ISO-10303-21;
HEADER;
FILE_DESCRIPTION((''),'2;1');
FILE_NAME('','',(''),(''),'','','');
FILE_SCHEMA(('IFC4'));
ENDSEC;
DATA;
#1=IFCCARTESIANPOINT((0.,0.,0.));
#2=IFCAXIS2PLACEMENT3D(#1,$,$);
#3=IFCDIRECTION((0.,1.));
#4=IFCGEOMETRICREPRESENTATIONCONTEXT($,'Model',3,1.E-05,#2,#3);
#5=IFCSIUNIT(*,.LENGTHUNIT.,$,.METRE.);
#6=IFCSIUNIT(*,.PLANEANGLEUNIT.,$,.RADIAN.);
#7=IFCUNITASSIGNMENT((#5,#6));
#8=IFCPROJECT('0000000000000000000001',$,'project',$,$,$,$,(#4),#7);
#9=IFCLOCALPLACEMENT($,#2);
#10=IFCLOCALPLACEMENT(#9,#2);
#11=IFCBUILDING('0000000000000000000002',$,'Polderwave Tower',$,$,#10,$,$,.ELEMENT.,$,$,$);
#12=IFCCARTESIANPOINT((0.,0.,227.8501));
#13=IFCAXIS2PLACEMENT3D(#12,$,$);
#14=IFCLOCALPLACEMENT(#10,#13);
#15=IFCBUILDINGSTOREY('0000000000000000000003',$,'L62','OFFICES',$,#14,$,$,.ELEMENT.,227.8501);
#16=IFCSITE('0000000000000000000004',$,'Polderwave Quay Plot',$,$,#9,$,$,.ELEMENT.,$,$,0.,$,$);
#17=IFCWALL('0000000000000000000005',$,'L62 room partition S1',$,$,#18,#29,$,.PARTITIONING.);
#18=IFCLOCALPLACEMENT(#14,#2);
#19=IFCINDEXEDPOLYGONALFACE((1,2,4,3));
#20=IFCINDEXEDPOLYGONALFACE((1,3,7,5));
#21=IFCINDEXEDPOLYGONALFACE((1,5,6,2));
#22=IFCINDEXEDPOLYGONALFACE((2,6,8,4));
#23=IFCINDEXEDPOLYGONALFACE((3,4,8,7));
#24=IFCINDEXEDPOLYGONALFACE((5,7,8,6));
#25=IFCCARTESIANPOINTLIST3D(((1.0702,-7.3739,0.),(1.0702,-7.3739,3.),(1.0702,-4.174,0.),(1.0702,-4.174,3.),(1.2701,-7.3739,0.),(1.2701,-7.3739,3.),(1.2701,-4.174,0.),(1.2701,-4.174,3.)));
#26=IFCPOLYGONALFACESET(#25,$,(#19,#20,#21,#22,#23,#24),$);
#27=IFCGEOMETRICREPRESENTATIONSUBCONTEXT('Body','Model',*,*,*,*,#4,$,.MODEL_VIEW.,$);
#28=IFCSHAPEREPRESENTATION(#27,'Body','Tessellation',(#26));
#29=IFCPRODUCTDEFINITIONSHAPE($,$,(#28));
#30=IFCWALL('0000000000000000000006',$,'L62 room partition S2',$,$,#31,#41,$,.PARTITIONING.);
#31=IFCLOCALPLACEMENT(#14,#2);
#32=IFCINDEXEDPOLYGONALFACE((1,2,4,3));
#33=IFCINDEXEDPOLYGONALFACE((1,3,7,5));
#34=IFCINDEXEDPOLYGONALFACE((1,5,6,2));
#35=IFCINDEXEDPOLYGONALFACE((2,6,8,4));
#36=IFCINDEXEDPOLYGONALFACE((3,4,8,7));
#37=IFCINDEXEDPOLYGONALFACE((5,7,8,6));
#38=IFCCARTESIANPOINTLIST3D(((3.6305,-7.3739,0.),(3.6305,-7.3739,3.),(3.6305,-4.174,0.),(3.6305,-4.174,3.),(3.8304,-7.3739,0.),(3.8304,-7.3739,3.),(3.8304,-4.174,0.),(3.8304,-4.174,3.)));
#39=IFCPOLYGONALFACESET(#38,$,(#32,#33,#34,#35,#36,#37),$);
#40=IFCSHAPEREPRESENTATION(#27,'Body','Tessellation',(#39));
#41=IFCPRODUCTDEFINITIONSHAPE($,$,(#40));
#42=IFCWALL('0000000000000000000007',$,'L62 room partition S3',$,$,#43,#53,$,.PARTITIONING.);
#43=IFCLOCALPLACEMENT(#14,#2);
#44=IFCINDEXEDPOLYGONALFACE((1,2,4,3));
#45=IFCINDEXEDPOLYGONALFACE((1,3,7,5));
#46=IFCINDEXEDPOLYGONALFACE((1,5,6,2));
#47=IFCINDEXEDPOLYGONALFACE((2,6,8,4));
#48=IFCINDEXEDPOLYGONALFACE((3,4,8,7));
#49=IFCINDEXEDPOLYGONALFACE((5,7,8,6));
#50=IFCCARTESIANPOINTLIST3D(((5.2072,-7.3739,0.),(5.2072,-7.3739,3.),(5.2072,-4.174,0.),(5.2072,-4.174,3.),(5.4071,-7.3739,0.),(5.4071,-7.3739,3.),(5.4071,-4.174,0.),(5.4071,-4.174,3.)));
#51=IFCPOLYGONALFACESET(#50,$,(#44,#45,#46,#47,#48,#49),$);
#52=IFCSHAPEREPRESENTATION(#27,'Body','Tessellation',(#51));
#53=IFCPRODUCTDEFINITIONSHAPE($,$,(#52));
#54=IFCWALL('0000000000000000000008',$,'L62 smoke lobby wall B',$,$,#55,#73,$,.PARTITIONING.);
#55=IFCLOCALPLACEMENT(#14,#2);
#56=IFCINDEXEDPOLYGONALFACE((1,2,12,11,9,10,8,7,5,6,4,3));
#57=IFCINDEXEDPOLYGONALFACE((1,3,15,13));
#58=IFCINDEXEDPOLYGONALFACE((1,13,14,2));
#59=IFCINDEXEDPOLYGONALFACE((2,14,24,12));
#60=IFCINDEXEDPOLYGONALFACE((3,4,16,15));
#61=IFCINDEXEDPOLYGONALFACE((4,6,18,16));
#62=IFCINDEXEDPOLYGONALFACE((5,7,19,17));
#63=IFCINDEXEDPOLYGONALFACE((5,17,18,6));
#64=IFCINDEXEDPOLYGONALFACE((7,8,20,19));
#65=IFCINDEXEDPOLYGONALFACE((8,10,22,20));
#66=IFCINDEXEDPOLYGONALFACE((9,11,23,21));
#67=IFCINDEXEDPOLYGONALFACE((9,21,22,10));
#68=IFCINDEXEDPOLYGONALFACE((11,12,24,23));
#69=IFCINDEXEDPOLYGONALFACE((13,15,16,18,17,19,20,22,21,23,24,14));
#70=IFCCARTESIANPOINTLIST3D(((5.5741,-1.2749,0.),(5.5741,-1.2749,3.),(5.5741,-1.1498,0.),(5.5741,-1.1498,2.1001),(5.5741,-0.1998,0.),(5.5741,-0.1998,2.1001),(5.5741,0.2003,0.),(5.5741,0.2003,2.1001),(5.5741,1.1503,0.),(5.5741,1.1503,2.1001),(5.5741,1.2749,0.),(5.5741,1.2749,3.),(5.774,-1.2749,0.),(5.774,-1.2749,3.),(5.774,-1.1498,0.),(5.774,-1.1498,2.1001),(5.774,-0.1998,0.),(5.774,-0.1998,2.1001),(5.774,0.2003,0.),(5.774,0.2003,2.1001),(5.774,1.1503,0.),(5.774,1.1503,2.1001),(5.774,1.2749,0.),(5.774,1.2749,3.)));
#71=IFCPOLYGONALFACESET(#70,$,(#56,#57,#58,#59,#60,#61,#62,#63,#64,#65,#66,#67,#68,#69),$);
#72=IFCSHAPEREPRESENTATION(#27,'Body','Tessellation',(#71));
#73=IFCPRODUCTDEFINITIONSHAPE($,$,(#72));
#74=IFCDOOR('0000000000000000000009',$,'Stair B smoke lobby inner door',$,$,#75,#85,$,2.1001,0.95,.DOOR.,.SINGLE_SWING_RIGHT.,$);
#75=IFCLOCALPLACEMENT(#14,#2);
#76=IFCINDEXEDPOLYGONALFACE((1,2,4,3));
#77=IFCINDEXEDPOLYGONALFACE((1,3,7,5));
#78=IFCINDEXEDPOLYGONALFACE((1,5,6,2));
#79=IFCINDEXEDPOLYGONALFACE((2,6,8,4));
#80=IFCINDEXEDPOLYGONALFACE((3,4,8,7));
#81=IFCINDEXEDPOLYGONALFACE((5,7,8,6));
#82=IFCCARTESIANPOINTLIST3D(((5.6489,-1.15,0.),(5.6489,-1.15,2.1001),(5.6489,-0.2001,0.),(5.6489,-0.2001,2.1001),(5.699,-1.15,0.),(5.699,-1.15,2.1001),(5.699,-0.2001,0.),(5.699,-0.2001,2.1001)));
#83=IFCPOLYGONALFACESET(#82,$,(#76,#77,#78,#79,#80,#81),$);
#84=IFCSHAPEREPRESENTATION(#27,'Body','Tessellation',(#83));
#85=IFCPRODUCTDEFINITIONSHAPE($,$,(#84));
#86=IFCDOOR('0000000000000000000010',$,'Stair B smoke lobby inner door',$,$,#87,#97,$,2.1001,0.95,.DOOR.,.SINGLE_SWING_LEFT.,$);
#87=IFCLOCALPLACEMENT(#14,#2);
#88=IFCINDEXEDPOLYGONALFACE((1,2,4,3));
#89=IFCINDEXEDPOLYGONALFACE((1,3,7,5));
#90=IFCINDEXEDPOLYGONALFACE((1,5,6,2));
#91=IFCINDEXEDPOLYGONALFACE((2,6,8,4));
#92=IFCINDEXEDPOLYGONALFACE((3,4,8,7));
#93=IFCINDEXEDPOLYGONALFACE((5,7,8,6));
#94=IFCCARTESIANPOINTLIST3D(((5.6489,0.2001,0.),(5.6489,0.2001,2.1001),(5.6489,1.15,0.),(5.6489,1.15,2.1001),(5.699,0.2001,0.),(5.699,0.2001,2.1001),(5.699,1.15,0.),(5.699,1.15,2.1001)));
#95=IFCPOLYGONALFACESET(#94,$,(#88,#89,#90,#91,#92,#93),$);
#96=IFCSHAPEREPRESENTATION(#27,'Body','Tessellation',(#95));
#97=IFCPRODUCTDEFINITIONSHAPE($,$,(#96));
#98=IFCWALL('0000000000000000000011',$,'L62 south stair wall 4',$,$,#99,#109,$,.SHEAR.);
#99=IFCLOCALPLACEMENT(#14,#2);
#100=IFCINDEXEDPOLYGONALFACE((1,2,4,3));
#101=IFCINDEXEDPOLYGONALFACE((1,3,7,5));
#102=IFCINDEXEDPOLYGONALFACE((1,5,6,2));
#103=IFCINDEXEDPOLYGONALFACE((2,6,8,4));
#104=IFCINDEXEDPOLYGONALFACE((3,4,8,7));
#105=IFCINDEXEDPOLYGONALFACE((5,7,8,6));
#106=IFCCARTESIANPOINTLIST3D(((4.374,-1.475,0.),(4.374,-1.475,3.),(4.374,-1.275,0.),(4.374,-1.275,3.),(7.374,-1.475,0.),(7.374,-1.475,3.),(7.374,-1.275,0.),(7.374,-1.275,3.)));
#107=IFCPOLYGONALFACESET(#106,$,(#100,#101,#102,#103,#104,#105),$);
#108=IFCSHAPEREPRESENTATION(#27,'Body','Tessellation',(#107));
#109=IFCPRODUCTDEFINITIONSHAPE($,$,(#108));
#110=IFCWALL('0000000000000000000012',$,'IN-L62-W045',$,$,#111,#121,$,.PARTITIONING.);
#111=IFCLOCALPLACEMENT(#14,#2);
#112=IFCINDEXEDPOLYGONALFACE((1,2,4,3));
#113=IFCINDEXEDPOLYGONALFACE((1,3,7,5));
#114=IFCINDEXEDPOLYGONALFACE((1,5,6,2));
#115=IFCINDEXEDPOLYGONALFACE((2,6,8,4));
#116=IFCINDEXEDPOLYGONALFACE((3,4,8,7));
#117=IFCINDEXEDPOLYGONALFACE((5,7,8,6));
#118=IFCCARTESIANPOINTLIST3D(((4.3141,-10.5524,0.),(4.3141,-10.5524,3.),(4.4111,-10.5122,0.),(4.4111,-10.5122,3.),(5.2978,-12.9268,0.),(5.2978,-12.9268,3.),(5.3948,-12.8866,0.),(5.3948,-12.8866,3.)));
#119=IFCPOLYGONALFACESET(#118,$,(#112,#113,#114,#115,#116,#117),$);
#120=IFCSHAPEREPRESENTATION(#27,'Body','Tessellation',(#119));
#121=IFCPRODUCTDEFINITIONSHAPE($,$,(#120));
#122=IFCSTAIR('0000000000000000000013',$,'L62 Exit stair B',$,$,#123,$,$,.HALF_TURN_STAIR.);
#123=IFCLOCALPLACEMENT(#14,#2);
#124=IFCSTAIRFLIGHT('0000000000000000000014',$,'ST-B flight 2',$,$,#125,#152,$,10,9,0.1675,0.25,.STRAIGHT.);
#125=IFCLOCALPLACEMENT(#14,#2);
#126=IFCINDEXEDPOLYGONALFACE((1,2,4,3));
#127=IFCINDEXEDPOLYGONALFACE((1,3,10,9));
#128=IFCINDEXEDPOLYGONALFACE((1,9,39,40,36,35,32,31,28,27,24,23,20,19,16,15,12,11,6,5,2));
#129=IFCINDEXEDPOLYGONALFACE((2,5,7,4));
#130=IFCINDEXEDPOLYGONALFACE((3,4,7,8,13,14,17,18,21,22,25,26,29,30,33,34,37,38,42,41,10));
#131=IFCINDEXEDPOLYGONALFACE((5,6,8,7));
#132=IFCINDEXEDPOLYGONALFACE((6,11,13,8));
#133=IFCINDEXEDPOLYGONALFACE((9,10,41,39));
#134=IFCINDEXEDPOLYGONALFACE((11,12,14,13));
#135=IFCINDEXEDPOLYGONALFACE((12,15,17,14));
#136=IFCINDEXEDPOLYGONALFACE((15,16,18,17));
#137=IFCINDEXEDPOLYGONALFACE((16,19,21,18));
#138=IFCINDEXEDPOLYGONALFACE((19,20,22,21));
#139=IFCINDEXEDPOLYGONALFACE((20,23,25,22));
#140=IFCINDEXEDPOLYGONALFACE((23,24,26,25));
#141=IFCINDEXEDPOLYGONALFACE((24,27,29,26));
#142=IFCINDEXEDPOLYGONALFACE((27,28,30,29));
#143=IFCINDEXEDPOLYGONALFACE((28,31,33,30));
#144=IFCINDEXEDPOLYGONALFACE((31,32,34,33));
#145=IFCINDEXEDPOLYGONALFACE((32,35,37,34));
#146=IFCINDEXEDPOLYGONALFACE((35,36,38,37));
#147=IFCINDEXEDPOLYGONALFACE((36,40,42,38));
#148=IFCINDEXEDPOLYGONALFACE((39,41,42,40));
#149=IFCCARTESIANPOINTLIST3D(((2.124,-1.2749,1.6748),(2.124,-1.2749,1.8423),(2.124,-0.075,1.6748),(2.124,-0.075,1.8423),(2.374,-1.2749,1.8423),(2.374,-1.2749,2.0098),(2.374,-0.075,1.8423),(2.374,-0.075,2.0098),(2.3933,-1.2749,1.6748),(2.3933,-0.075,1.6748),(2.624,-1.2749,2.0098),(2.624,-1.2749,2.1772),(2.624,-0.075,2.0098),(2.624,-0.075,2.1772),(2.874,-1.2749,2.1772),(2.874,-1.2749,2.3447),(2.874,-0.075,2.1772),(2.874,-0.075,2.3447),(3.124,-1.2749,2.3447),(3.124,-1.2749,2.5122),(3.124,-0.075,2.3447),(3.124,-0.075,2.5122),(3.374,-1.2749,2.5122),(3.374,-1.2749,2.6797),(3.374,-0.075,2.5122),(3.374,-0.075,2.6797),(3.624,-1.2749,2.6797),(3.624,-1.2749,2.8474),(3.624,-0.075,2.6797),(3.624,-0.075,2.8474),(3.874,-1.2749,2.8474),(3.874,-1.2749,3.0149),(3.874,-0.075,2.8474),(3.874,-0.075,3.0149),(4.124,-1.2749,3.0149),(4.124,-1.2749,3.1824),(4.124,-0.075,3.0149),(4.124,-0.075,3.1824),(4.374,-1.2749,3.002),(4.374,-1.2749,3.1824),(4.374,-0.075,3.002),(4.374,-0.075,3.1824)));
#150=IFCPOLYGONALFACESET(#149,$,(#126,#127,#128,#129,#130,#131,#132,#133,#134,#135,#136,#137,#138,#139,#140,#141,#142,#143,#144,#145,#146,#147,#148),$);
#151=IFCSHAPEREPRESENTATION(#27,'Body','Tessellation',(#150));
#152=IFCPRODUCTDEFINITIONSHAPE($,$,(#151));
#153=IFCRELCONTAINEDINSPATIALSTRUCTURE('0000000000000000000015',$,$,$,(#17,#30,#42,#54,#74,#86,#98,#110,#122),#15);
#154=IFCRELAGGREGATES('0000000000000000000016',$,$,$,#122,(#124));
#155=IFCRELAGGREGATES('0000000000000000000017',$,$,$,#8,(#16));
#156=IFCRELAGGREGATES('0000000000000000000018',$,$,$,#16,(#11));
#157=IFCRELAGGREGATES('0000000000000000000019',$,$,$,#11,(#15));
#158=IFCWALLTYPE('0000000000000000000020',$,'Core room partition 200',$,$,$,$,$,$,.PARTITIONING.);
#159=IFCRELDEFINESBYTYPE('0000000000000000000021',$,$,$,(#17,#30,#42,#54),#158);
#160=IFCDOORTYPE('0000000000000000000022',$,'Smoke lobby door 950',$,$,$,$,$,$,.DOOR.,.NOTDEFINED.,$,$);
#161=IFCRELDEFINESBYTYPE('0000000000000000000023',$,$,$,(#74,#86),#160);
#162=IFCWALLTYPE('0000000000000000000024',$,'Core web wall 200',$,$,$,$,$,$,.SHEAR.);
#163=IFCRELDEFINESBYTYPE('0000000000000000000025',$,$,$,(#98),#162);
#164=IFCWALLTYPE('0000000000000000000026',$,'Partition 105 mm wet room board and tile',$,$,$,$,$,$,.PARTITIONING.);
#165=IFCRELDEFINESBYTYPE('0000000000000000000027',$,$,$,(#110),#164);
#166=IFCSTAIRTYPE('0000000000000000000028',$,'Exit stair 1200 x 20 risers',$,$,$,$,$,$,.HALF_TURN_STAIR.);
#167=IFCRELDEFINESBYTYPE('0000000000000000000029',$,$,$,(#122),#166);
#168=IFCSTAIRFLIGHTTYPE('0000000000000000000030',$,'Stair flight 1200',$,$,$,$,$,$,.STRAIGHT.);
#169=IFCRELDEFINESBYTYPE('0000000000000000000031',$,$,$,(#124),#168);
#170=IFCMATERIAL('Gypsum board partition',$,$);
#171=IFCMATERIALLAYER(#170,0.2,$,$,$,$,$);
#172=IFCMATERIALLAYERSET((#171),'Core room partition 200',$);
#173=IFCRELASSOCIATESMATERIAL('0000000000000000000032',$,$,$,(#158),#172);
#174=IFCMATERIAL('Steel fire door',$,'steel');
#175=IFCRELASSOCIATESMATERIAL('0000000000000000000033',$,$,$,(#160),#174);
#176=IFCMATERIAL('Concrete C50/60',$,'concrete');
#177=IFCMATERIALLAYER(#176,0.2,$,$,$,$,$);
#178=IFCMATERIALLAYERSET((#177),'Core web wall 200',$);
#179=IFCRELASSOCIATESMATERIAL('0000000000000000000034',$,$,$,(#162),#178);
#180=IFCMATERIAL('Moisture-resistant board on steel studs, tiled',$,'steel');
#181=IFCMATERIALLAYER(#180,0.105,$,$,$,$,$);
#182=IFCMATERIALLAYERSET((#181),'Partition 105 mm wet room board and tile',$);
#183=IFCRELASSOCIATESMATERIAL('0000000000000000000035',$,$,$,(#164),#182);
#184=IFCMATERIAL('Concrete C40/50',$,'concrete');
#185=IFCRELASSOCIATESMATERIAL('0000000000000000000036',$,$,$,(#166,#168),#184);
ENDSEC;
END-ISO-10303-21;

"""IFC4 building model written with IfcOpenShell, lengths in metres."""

from ifc_helpers import new_model, si_unit, direction, frame, frame_2d, origin, place, context, subcontext, project, spatial, polyline, rectangle, outline, extrude, material, layer, layer_set, type_object, element, fill, aggregate, save


model = new_model("IFC4")

# Units and contexts
model_context = context("Model", 3, precision=1e-05, world=origin(), true_north=direction((0.0, 1.0)))
body_context = subcontext(model_context, "Body", "Model", "MODEL_VIEW")
ifc_project = project(units=[si_unit("LENGTHUNIT", "METRE"), si_unit("PLANEANGLEUNIT", "RADIAN")], contexts=[model_context])

# Site, building, storey
site_placement = place(None, origin())
site = spatial("IfcSite", under=ifc_project, at=site_placement, Name="Polderwave Quay Plot", CompositionType="ELEMENT", RefElevation=0.0)
building_placement = place(site_placement, origin())
building = spatial("IfcBuilding", under=site, at=building_placement, Name="Polderwave Tower", CompositionType="ELEMENT")
storey_placement = place(building_placement, frame((0.0, 0.0, 227.8501)))
storey = spatial("IfcBuildingStorey", under=building, at=storey_placement, Name="L62", Description="OFFICES", CompositionType="ELEMENT", Elevation=227.8501)

# Walls
ifc_material_1 = material(Name="Gypsum board partition")
ifc_layer_1 = layer(ifc_material_1, 0.2)
ifc_layer_set_1 = layer_set([ifc_layer_1], Name="Core room partition 200")
wall_type_1 = type_object("IfcWallType", Name="Core room partition 200", PredefinedType="PARTITIONING", material=ifc_layer_set_1)
for number, where, z_axis, x_axis, name in (
    (1, (1.1702, -7.374, 0.0), (0.0, 0.0, 1.0), (0.0, 1.0, 0.0), "L62 room partition S1"),
    (2, (3.7305, -7.374, 0.0), (0.0, 0.0, 1.0), (0.0, 1.0, 0.0), "L62 room partition S2"),
    (3, (5.3071, -7.374, 0.0), (0.0, 0.0, 1.0), (0.0, 1.0, 0.0), "L62 room partition S3"),
):
    element("IfcWall", number, at=place(storey_placement, frame(where, z_axis=z_axis, x_axis=x_axis)), inside=storey, type_object=wall_type_1, Name=name, PredefinedType="PARTITIONING", context=body_context, shape_type="SweptSolid", body=[
        extrude(rectangle(XDim=3.2, YDim=0.2, at=frame_2d((1.6001, 0.0))), origin(), (0.0, 0.0, 1.0), 3.0),
    ])

# Wall, openings, doors
wall_1_placement = place(storey_placement, frame((5.6741, -1.2749, 0.0), z_axis=(0.0, 0.0, 1.0), x_axis=(0.0, 1.0, 0.0)))
wall_1 = element("IfcWall", 4, at=wall_1_placement, inside=storey, type_object=wall_type_1, Name="L62 smoke lobby wall B", PredefinedType="PARTITIONING", context=body_context, shape_type="SweptSolid", body=[
    extrude(rectangle(XDim=2.5498, YDim=0.2, at=frame_2d((1.2749, 0.0))), origin(), (0.0, 0.0, 1.0), 3.0),
])
opening_1_placement = place(wall_1_placement, frame((0.125, 0.0, 0.0)))
opening_1 = element("IfcOpeningElement", 5, at=opening_1_placement, cuts=wall_1, PredefinedType="OPENING", context=body_context, shape_type="SweptSolid", body=[
    extrude(rectangle(XDim=0.95, YDim=2.1001, at=frame_2d((0.4751, 1.05))), frame((0.0, 0.1099, 0.0), z_axis=(0.0, -1.0, 0.0), x_axis=(1.0, 0.0, 0.0)), (0.0, 0.0, 1.0), 0.22),
])
opening_2_placement = place(wall_1_placement, frame((1.4751, 0.0, 0.0)))
opening_2 = element("IfcOpeningElement", 6, at=opening_2_placement, cuts=wall_1, PredefinedType="OPENING", context=body_context, shape_type="SweptSolid", body=[
    extrude(rectangle(XDim=0.95, YDim=2.1001, at=frame_2d((0.4751, 1.05))), frame((0.0, 0.1099, 0.0), z_axis=(0.0, -1.0, 0.0), x_axis=(1.0, 0.0, 0.0)), (0.0, 0.0, 1.0), 0.22),
])
ifc_material_2 = material(Name="Steel fire door", Category="steel")
door_type = type_object("IfcDoorType", Name="Smoke lobby door 950", OperationType="NOTDEFINED", PredefinedType="DOOR", material=ifc_material_2)
door_1_placement = place(opening_1_placement, frame((0.95, 0.0, 0.0), z_axis=(0.0, 0.0, 1.0), x_axis=(-1.0, 0.0, 0.0)))
door_1 = element("IfcDoor", 7, at=door_1_placement, inside=storey, type_object=door_type, Name="Stair B smoke lobby inner door", OperationType="SINGLE_SWING_RIGHT", OverallHeight=2.1001, OverallWidth=0.95, PredefinedType="DOOR", context=body_context, shape_type="SweptSolid", body=[
    extrude(rectangle(XDim=0.95, YDim=2.1001, at=frame_2d((0.4751, 1.05))), frame((0.0, 0.0249, 0.0), z_axis=(0.0, -1.0, 0.0), x_axis=(1.0, 0.0, 0.0)), (0.0, 0.0, 1.0), 0.05),
])
fill(opening_1, door_1)
door_2_placement = place(opening_2_placement, frame((0.95, 0.0, 0.0), z_axis=(0.0, 0.0, 1.0), x_axis=(-1.0, 0.0, 0.0)))
door_2 = element("IfcDoor", 8, at=door_2_placement, inside=storey, type_object=door_type, Name="Stair B smoke lobby inner door", OperationType="SINGLE_SWING_LEFT", OverallHeight=2.1001, OverallWidth=0.95, PredefinedType="DOOR", context=body_context, shape_type="SweptSolid", body=[
    extrude(rectangle(XDim=0.95, YDim=2.1001, at=frame_2d((0.4751, 1.05))), frame((0.0, 0.0249, 0.0), z_axis=(0.0, -1.0, 0.0), x_axis=(1.0, 0.0, 0.0)), (0.0, 0.0, 1.0), 0.05),
])
fill(opening_2, door_2)

# Walls
ifc_material_3 = material(Name="Concrete C50/60", Category="concrete")
ifc_layer_2 = layer(ifc_material_3, 0.2)
ifc_layer_set_2 = layer_set([ifc_layer_2], Name="Core web wall 200")
wall_type_2 = type_object("IfcWallType", Name="Core web wall 200", PredefinedType="SHEAR", material=ifc_layer_set_2)
wall_2_placement = place(storey_placement, frame((4.374, -1.375, 0.0), z_axis=(0.0, 0.0, 1.0), x_axis=(1.0, 0.0, 0.0)))
element("IfcWall", 9, at=wall_2_placement, inside=storey, type_object=wall_type_2, Name="L62 south stair wall 4", PredefinedType="SHEAR", context=body_context, shape_type="SweptSolid", body=[
    extrude(rectangle(XDim=3.0, YDim=0.2, at=frame_2d((1.5, 0.0))), origin(), (0.0, 0.0, 1.0), 3.0),
])
ifc_material_4 = material(Name="Moisture-resistant board on steel studs, tiled", Category="steel")
ifc_layer_3 = layer(ifc_material_4, 0.105)
ifc_layer_set_3 = layer_set([ifc_layer_3], Name="Partition 105 mm wet room board and tile")
wall_type_3 = type_object("IfcWallType", Name="Partition 105 mm wet room board and tile", PredefinedType="PARTITIONING", material=ifc_layer_set_3)
wall_3_placement = place(storey_placement, frame((4.3625, -10.5322, 0.0), z_axis=(0.0, 0.0, 1.0), x_axis=(0.382746, -0.923854, 0.0)))
element("IfcWall", 10, at=wall_3_placement, inside=storey, type_object=wall_type_3, Name="IN-L62-W045", PredefinedType="PARTITIONING", context=body_context, shape_type="SweptSolid", body=[
    extrude(rectangle(XDim=2.5701, YDim=0.105, at=frame_2d((1.2852, 0.0))), origin(), (0.0, 0.0, 1.0), 3.0),
])

# Stair, stair flight
ifc_material_5 = material(Name="Concrete C40/50", Category="concrete")
stair_type = type_object("IfcStairType", Name="Exit stair 1200 x 20 risers", PredefinedType="HALF_TURN_STAIR", material=ifc_material_5)
stair_placement = place(storey_placement, origin())
stair = element("IfcStair", 11, at=stair_placement, inside=storey, type_object=stair_type, Name="L62 Exit stair B", PredefinedType="HALF_TURN_STAIR")
stair_flight_type = type_object("IfcStairFlightType", Name="Stair flight 1200", PredefinedType="STRAIGHT", material=ifc_material_5)
stair_flight_placement = place(storey_placement, frame((2.124, -0.675, 1.6748), z_axis=(0.0, 0.0, 1.0), x_axis=(1.0, 0.0, 0.0)))
stair_flight = element("IfcStairFlight", 12, at=stair_flight_placement, type_object=stair_flight_type, Name="ST-B flight 2", NumberOfRisers=10, NumberOfTreads=9, PredefinedType="STRAIGHT", RiserHeight=0.1675, TreadLength=0.25, context=body_context, shape_type="SweptSolid", body=[
    extrude(outline(polyline([(0.0, 0.0), (0.0, 0.1675), (0.25, 0.1675), (0.25, 0.335), (0.5, 0.335), (0.5, 0.5024), (0.75, 0.5024), (0.75, 0.6699), (1.0, 0.6699), (1.0, 0.8374), (1.25, 0.8374), (1.25, 1.0049), (1.5, 1.0049), (1.5, 1.1726), (1.75, 1.1726), (1.75, 1.3401), (2.0, 1.3401), (2.0, 1.5076), (2.25, 1.5076), (2.25, 1.675), (2.25, 1.3271), (0.2693, 0.0), (0.0, 0.0)])), frame((0.0, 0.6001, 0.0), z_axis=(0.0, -1.0, 0.0), x_axis=(1.0, 0.0, 0.0)), (0.0, 0.0, 1.0), 1.2),
])
aggregate(stair, [stair_flight])

save(model, "model.ifc")
